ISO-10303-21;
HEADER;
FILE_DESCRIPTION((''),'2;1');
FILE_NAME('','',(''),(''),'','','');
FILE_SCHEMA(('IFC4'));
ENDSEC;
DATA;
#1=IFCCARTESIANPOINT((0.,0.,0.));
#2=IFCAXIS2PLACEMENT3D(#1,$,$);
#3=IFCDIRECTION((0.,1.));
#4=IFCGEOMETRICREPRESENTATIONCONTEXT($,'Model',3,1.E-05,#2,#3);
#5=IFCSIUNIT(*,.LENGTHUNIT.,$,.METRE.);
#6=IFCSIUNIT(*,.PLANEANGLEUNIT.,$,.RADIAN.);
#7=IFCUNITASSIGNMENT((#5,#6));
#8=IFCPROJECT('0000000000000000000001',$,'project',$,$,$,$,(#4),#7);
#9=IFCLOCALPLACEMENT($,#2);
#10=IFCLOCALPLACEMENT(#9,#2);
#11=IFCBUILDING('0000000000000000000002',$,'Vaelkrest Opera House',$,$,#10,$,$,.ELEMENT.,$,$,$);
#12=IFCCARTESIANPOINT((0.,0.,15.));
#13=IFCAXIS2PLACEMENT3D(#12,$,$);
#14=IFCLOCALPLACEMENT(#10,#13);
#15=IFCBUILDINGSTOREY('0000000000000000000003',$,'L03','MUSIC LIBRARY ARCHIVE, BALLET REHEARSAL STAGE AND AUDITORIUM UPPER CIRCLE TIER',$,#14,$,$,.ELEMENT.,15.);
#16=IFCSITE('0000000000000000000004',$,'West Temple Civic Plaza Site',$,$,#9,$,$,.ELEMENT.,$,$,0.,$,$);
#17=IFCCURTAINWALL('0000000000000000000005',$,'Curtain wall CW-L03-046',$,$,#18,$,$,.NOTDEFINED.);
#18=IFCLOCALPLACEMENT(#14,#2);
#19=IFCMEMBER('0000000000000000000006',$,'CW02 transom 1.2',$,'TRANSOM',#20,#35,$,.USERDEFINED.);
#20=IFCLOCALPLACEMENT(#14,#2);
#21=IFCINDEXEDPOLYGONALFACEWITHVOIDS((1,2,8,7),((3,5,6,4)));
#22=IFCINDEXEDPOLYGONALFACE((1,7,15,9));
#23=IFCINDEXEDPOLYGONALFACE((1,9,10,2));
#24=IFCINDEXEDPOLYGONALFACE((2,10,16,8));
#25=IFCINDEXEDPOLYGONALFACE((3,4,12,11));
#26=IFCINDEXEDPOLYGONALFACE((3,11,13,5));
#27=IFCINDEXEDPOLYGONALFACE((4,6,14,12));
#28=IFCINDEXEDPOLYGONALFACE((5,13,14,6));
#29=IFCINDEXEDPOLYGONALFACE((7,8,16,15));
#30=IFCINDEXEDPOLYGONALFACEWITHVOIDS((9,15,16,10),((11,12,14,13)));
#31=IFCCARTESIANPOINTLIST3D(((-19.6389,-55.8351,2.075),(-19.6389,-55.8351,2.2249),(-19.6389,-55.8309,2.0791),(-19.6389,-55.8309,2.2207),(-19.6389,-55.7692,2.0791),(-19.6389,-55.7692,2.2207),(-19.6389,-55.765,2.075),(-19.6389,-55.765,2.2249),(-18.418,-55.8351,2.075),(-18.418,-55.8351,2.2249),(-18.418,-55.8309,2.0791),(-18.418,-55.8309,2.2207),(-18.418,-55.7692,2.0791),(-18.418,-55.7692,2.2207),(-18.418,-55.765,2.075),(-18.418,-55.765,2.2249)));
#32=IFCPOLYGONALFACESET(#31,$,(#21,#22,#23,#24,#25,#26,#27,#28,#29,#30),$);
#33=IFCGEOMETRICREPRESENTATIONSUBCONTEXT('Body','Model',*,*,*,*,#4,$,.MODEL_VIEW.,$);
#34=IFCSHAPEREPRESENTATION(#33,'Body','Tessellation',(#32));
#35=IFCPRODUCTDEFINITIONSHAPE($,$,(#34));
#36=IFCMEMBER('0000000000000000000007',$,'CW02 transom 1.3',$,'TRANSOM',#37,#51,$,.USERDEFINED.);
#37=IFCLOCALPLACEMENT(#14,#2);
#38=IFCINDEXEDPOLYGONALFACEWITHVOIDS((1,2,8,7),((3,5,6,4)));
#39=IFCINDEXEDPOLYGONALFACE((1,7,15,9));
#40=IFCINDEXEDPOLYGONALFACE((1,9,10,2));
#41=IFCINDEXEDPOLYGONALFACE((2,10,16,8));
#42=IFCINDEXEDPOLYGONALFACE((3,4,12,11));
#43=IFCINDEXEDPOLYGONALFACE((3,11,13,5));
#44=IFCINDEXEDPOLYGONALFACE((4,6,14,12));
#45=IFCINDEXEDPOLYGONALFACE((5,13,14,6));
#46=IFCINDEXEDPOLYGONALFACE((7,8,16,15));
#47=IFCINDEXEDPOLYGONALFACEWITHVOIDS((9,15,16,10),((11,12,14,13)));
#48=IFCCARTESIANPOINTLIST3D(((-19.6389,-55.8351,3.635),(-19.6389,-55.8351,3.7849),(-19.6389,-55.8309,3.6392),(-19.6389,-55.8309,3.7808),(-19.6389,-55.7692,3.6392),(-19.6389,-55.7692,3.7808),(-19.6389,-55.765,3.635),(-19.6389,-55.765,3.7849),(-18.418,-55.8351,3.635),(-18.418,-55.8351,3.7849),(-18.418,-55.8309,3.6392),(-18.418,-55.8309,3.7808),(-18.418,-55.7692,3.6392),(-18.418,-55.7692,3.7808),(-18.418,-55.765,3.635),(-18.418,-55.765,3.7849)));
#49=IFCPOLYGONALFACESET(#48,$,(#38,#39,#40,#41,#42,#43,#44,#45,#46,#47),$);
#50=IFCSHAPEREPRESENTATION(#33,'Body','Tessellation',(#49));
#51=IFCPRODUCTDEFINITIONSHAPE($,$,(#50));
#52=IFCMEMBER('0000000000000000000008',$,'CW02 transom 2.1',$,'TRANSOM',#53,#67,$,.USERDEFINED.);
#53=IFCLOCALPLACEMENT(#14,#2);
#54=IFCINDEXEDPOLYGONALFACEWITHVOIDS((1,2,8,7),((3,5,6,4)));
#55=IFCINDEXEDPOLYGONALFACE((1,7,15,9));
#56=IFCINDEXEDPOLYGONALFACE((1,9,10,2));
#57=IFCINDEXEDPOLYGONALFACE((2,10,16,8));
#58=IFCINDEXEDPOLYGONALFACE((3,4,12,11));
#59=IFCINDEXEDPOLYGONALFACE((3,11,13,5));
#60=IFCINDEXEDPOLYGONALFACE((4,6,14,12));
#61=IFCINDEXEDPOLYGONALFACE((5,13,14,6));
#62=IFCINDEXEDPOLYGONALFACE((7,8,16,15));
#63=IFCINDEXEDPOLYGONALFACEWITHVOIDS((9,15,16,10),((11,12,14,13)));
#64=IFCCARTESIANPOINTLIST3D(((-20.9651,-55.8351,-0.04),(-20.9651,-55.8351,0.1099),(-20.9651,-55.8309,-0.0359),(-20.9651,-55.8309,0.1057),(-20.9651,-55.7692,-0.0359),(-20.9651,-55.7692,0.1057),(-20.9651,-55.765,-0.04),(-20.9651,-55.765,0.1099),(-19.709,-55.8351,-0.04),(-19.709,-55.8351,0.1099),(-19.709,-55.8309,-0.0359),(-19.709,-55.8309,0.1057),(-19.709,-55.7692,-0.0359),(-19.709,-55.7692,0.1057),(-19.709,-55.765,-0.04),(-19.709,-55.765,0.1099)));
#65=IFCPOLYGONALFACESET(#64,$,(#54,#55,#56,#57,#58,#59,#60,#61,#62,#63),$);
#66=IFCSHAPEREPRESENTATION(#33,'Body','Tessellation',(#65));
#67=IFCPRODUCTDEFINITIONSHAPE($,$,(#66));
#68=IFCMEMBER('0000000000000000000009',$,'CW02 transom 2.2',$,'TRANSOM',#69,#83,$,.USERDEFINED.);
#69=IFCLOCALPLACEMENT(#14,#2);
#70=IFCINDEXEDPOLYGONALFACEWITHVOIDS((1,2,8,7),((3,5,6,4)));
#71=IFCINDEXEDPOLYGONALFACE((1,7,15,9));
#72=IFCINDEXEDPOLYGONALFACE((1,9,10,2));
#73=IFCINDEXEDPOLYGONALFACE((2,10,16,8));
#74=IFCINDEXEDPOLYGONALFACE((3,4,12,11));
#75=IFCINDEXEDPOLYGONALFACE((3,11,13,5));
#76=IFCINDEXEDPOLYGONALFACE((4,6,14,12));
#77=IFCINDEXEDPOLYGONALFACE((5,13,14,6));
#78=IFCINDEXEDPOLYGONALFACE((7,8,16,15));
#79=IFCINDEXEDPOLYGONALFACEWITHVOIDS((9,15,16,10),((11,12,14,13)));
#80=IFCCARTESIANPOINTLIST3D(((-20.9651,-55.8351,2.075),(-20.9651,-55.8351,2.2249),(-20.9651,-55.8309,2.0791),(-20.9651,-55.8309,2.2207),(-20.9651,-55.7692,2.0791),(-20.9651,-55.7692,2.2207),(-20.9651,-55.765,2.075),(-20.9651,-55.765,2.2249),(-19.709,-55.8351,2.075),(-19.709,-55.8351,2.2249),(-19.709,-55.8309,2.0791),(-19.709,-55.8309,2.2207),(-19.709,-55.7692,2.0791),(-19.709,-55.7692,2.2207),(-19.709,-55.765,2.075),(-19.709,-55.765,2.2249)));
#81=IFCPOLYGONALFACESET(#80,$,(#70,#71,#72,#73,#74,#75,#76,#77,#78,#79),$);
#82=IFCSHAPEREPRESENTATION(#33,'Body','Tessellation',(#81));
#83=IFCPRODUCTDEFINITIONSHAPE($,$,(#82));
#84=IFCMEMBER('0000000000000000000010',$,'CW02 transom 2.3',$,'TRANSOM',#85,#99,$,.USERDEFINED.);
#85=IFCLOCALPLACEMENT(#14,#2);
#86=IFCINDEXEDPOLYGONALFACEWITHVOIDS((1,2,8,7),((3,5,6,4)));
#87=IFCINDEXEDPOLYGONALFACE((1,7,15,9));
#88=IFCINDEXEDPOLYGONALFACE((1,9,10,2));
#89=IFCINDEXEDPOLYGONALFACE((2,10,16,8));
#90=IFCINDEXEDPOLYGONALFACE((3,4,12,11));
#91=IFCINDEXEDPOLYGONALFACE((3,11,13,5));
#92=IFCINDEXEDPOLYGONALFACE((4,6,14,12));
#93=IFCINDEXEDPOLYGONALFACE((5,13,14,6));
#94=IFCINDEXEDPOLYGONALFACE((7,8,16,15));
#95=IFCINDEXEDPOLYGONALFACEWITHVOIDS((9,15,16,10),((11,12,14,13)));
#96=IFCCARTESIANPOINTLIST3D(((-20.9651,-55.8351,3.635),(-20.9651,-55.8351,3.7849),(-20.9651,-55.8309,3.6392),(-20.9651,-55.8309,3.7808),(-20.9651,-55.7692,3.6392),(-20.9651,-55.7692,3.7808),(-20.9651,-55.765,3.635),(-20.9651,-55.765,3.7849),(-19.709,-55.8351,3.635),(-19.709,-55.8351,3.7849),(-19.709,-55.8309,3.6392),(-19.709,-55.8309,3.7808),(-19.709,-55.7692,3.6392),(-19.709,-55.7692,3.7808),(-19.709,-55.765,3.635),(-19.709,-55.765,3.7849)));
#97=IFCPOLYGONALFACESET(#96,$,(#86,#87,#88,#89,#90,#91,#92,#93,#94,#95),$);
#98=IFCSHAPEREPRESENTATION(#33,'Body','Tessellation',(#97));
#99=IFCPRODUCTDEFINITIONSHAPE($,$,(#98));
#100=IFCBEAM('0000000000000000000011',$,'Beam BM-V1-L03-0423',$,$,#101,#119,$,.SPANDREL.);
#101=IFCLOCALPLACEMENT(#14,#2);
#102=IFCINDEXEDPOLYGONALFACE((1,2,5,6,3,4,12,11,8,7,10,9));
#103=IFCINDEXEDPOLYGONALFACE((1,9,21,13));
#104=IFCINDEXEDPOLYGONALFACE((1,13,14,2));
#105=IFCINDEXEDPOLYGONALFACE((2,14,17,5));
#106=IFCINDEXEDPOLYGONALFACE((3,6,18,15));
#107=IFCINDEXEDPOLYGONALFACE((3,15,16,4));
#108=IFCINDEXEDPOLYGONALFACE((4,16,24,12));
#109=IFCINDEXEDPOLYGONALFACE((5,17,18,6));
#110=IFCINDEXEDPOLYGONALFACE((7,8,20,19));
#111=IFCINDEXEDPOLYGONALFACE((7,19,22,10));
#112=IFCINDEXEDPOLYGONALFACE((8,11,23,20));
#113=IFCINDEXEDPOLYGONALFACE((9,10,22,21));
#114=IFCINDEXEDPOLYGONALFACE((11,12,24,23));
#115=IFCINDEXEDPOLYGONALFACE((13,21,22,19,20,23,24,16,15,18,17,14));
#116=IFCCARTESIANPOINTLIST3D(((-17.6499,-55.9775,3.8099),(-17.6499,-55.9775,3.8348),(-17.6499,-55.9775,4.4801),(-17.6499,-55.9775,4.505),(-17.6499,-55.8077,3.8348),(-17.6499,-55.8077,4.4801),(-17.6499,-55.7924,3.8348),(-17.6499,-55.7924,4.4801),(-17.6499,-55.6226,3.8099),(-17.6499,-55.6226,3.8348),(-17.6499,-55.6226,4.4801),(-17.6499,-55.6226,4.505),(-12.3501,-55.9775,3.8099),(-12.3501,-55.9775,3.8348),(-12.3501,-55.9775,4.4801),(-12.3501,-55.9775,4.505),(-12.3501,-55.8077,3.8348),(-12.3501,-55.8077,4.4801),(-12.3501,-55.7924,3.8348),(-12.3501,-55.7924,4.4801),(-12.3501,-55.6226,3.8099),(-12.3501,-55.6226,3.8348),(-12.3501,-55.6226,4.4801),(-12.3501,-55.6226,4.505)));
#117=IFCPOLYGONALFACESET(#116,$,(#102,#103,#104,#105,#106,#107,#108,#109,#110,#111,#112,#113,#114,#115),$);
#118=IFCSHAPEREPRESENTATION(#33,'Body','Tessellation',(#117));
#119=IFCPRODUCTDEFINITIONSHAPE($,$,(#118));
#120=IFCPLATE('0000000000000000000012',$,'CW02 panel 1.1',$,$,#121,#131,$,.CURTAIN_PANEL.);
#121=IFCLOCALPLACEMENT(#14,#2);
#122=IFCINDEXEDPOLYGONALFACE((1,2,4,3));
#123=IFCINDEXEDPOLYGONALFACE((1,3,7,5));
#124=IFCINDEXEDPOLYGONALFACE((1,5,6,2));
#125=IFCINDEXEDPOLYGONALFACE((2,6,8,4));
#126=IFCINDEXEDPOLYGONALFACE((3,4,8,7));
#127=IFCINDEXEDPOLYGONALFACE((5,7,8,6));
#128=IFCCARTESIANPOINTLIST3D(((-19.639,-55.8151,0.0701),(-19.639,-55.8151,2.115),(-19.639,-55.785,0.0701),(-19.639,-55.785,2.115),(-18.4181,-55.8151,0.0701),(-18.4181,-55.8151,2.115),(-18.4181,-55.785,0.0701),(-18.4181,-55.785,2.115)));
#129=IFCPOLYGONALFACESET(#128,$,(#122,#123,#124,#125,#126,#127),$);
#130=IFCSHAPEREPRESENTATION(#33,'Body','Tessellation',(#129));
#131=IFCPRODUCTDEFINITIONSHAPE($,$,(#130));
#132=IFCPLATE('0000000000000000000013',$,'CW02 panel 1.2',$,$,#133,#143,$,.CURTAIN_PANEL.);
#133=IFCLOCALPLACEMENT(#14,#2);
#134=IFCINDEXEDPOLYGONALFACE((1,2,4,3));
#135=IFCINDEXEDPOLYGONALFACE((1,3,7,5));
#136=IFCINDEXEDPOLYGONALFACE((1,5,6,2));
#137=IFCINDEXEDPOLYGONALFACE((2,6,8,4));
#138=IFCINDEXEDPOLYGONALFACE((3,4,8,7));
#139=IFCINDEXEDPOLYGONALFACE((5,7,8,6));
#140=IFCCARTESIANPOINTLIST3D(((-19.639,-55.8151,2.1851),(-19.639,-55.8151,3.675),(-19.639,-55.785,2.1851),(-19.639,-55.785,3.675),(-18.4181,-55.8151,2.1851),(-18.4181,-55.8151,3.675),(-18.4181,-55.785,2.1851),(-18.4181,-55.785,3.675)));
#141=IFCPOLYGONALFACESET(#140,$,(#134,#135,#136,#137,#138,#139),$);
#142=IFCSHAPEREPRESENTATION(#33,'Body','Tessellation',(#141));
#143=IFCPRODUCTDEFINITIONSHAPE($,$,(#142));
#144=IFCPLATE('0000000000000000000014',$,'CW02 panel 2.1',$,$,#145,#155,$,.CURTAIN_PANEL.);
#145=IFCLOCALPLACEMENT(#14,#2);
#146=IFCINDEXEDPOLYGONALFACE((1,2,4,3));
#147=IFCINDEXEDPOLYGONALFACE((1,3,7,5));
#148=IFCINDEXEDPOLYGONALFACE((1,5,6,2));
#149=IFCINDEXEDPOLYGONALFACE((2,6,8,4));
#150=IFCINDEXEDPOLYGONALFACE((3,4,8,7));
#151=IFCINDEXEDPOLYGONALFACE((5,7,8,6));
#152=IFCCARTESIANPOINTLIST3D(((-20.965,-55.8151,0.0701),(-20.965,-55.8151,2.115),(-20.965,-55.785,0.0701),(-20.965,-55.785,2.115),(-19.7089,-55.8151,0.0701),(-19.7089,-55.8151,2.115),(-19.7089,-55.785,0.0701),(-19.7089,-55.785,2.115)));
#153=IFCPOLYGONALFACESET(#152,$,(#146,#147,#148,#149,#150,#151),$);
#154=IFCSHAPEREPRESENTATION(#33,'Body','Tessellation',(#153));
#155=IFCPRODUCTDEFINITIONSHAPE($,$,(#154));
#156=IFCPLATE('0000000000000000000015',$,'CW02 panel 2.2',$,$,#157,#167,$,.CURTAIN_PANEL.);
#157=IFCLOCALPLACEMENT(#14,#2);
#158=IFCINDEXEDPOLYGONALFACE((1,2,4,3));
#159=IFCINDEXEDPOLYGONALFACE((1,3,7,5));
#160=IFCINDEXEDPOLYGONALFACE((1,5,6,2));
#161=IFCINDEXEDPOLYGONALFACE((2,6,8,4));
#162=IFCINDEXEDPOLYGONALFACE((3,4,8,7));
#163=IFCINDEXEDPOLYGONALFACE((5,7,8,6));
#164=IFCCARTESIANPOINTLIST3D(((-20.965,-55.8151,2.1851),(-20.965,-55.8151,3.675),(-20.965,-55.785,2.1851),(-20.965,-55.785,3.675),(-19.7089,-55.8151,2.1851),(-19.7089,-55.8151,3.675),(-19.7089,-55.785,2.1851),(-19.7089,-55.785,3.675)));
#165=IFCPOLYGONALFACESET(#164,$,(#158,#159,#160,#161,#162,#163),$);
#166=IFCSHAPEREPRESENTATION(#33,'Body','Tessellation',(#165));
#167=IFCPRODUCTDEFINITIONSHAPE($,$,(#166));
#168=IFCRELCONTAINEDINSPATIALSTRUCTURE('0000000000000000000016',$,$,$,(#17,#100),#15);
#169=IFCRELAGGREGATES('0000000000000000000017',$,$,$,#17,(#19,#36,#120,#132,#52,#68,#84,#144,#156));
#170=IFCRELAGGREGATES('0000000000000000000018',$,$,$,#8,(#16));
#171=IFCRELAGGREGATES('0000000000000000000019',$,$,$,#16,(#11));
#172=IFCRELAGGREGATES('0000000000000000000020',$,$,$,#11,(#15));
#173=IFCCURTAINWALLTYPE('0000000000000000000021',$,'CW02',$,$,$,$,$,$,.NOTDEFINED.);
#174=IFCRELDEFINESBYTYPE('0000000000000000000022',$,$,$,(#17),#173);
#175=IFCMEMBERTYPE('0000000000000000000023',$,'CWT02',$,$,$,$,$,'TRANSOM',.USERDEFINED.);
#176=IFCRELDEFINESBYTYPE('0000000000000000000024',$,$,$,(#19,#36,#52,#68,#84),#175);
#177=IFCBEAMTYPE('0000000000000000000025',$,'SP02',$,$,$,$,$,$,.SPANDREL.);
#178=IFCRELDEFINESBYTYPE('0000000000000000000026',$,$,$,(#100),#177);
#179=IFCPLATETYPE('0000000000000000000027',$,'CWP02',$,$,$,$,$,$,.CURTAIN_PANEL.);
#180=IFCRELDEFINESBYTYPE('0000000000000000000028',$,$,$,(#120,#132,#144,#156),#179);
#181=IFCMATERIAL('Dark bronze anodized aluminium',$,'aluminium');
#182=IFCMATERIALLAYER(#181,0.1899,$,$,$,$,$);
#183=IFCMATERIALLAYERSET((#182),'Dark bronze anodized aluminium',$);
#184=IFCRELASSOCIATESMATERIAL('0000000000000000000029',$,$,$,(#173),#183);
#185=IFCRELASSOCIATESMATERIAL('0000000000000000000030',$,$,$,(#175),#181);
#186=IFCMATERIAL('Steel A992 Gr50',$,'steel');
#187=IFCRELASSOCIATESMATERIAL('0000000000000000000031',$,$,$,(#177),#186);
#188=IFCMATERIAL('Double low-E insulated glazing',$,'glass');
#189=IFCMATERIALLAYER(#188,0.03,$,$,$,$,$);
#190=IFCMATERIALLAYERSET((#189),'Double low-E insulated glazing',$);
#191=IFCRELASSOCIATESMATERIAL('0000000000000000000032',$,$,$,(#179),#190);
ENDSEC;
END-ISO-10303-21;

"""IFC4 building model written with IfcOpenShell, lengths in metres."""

from ifc_helpers import new_model, si_unit, direction, frame, origin, origin_2d, place, context, subcontext, project, spatial, rectangle, hollow_rectangle, i_section, extrude, material, layer, layer_set, material_profile, profile_set, type_object, element, aggregate, save


model = new_model("IFC4")

# Units and contexts
model_context = context("Model", 3, precision=1e-05, world=origin(), true_north=direction((0.0, 1.0)))
body_context = subcontext(model_context, "Body", "Model", "MODEL_VIEW")
ifc_project = project(units=[si_unit("LENGTHUNIT", "METRE"), si_unit("PLANEANGLEUNIT", "RADIAN")], contexts=[model_context])

# Site, building, storey
site_placement = place(None, origin())
site = spatial("IfcSite", under=ifc_project, at=site_placement, Name="West Temple Civic Plaza Site", CompositionType="ELEMENT", RefElevation=0.0)
building_placement = place(site_placement, origin())
building = spatial("IfcBuilding", under=site, at=building_placement, Name="Vaelkrest Opera House", CompositionType="ELEMENT")
storey_placement = place(building_placement, frame((0.0, 0.0, 15.0)))
storey = spatial("IfcBuildingStorey", under=building, at=storey_placement, Name="L03", Description="MUSIC LIBRARY ARCHIVE, BALLET REHEARSAL STAGE AND AUDITORIUM UPPER CIRCLE TIER", CompositionType="ELEMENT", Elevation=15.0)

# Shared definitions
ifc_material_1 = material(Name="Steel A992 Gr50", Category="steel")

# Curtain wall, members
ifc_material_2 = material(Name="Dark bronze anodized aluminium", Category="aluminium")
ifc_layer_1 = layer(ifc_material_2, 0.1899)
ifc_layer_set_1 = layer_set([ifc_layer_1], Name="Dark bronze anodized aluminium")
curtain_wall_type = type_object("IfcCurtainWallType", Name="CW02", PredefinedType="NOTDEFINED", material=ifc_layer_set_1)
curtain_wall_placement = place(storey_placement, origin())
curtain_wall = element("IfcCurtainWall", 1, at=curtain_wall_placement, inside=storey, type_object=curtain_wall_type, Name="Curtain wall CW-L03-046", PredefinedType="NOTDEFINED")
ifc_material_profile_1 = material_profile(ifc_material_2, hollow_rectangle(XDim=0.0701, YDim=0.1499, WallThickness=0.0042, at=origin_2d()), Name="CWT70X150")
ifc_profile_set_1 = profile_set([ifc_material_profile_1], Name="Dark bronze anodized aluminium")
member_type_1 = type_object("IfcMemberType", Name="CWT02", ElementType="TRANSOM", PredefinedType="USERDEFINED", material=ifc_profile_set_1)
member_1_placement = place(storey_placement, frame((-18.418, -55.8, 2.1499), z_axis=(-1.0, 0.0, 0.0), x_axis=(0.0, -1.0, 0.0)))
member_1 = element("IfcMember", 2, at=member_1_placement, type_object=member_type_1, Name="CW02 transom 1.2", ObjectType="TRANSOM", PredefinedType="USERDEFINED", context=body_context, shape_type="SweptSolid", body=[
    extrude(hollow_rectangle(XDim=0.0701, YDim=0.1499, WallThickness=0.0042, at=origin_2d()), origin(), (0.0, 0.0, 1.0), 1.2209),
])
member_2_placement = place(storey_placement, frame((-18.418, -55.8, 3.71), z_axis=(-1.0, 0.0, 0.0), x_axis=(0.0, -1.0, 0.0)))
member_2 = element("IfcMember", 3, at=member_2_placement, type_object=member_type_1, Name="CW02 transom 1.3", ObjectType="TRANSOM", PredefinedType="USERDEFINED", context=body_context, shape_type="SweptSolid", body=[
    extrude(hollow_rectangle(XDim=0.0701, YDim=0.1499, WallThickness=0.0042, at=origin_2d()), origin(), (0.0, 0.0, 1.0), 1.2209),
])
member_3_placement = place(storey_placement, frame((-19.709, -55.8, 0.0349), z_axis=(-1.0, 0.0, 0.0), x_axis=(0.0, -1.0, 0.0)))
member_3 = element("IfcMember", 4, at=member_3_placement, type_object=member_type_1, Name="CW02 transom 2.1", ObjectType="TRANSOM", PredefinedType="USERDEFINED", context=body_context, shape_type="SweptSolid", body=[
    extrude(hollow_rectangle(XDim=0.0701, YDim=0.1499, WallThickness=0.0042, at=origin_2d()), origin(), (0.0, 0.0, 1.0), 1.2561),
])
member_4_placement = place(storey_placement, frame((-19.709, -55.8, 2.1499), z_axis=(-1.0, 0.0, 0.0), x_axis=(0.0, -1.0, 0.0)))
member_4 = element("IfcMember", 5, at=member_4_placement, type_object=member_type_1, Name="CW02 transom 2.2", ObjectType="TRANSOM", PredefinedType="USERDEFINED", context=body_context, shape_type="SweptSolid", body=[
    extrude(hollow_rectangle(XDim=0.0701, YDim=0.1499, WallThickness=0.0042, at=origin_2d()), origin(), (0.0, 0.0, 1.0), 1.2561),
])
member_5_placement = place(storey_placement, frame((-19.709, -55.8, 3.71), z_axis=(-1.0, 0.0, 0.0), x_axis=(0.0, -1.0, 0.0)))
member_5 = element("IfcMember", 6, at=member_5_placement, type_object=member_type_1, Name="CW02 transom 2.3", ObjectType="TRANSOM", PredefinedType="USERDEFINED", context=body_context, shape_type="SweptSolid", body=[
    extrude(hollow_rectangle(XDim=0.0701, YDim=0.1499, WallThickness=0.0042, at=origin_2d()), origin(), (0.0, 0.0, 1.0), 1.2561),
])

# Beam
ifc_material_profile_2 = material_profile(ifc_material_1, i_section(OverallWidth=0.355, OverallDepth=0.6951, WebThickness=0.0154, FlangeThickness=0.0249, at=origin_2d()), Name="W27X146")
ifc_profile_set_2 = profile_set([ifc_material_profile_2], Name="Steel A992 Gr50")
beam_type_1 = type_object("IfcBeamType", Name="SP02", PredefinedType="SPANDREL", material=ifc_profile_set_2)
beam_1_placement = place(storey_placement, frame((-17.6499, -55.8, 4.1575), z_axis=(1.0, 0.0, 0.0), x_axis=(0.0, 1.0, 0.0)))
element("IfcBeam", 7, at=beam_1_placement, inside=storey, type_object=beam_type_1, Name="Beam BM-V1-L03-0423", PredefinedType="SPANDREL", context=body_context, shape_type="SweptSolid", body=[
    extrude(i_section(OverallWidth=0.355, OverallDepth=0.6951, WebThickness=0.0154, FlangeThickness=0.0249, at=origin_2d()), origin(), (0.0, 0.0, 1.0), 5.2998),
])

# Plates
ifc_material_3 = material(Name="Double low-E insulated glazing", Category="glass")
ifc_layer_2 = layer(ifc_material_3, 0.03)
ifc_layer_set_2 = layer_set([ifc_layer_2], Name="Double low-E insulated glazing")
plate_type = type_object("IfcPlateType", Name="CWP02", PredefinedType="CURTAIN_PANEL", material=ifc_layer_set_2)
plate_1_placement = place(storey_placement, frame((-19.0286, -55.8, 0.0701), z_axis=(0.0, 0.0, 1.0), x_axis=(-1.0, 0.0, 0.0)))
plate_1 = element("IfcPlate", 8, at=plate_1_placement, type_object=plate_type, Name="CW02 panel 1.1", PredefinedType="CURTAIN_PANEL", context=body_context, shape_type="SweptSolid", body=[
    extrude(rectangle(XDim=1.2209, YDim=0.03, at=origin_2d()), origin(), (0.0, 0.0, 1.0), 2.0449),
])
plate_2_placement = place(storey_placement, frame((-19.0286, -55.8, 2.1851), z_axis=(0.0, 0.0, 1.0), x_axis=(-1.0, 0.0, 0.0)))
plate_2 = element("IfcPlate", 9, at=plate_2_placement, type_object=plate_type, Name="CW02 panel 1.2", PredefinedType="CURTAIN_PANEL", context=body_context, shape_type="SweptSolid", body=[
    extrude(rectangle(XDim=1.2209, YDim=0.03, at=origin_2d()), origin(), (0.0, 0.0, 1.0), 1.49),
])
plate_3_placement = place(storey_placement, frame((-20.3369, -55.8, 0.0701), z_axis=(0.0, 0.0, 1.0), x_axis=(-1.0, 0.0, 0.0)))
plate_3 = element("IfcPlate", 10, at=plate_3_placement, type_object=plate_type, Name="CW02 panel 2.1", PredefinedType="CURTAIN_PANEL", context=body_context, shape_type="SweptSolid", body=[
    extrude(rectangle(XDim=1.2561, YDim=0.03, at=origin_2d()), origin(), (0.0, 0.0, 1.0), 2.0449),
])
plate_4_placement = place(storey_placement, frame((-20.3369, -55.8, 2.1851), z_axis=(0.0, 0.0, 1.0), x_axis=(-1.0, 0.0, 0.0)))
plate_4 = element("IfcPlate", 11, at=plate_4_placement, type_object=plate_type, Name="CW02 panel 2.2", PredefinedType="CURTAIN_PANEL", context=body_context, shape_type="SweptSolid", body=[
    extrude(rectangle(XDim=1.2561, YDim=0.03, at=origin_2d()), origin(), (0.0, 0.0, 1.0), 1.49),
])
aggregate(curtain_wall, [member_1, member_2, plate_1, plate_2, member_3, member_4, member_5, plate_3, plate_4])

save(model, "model.ifc")
